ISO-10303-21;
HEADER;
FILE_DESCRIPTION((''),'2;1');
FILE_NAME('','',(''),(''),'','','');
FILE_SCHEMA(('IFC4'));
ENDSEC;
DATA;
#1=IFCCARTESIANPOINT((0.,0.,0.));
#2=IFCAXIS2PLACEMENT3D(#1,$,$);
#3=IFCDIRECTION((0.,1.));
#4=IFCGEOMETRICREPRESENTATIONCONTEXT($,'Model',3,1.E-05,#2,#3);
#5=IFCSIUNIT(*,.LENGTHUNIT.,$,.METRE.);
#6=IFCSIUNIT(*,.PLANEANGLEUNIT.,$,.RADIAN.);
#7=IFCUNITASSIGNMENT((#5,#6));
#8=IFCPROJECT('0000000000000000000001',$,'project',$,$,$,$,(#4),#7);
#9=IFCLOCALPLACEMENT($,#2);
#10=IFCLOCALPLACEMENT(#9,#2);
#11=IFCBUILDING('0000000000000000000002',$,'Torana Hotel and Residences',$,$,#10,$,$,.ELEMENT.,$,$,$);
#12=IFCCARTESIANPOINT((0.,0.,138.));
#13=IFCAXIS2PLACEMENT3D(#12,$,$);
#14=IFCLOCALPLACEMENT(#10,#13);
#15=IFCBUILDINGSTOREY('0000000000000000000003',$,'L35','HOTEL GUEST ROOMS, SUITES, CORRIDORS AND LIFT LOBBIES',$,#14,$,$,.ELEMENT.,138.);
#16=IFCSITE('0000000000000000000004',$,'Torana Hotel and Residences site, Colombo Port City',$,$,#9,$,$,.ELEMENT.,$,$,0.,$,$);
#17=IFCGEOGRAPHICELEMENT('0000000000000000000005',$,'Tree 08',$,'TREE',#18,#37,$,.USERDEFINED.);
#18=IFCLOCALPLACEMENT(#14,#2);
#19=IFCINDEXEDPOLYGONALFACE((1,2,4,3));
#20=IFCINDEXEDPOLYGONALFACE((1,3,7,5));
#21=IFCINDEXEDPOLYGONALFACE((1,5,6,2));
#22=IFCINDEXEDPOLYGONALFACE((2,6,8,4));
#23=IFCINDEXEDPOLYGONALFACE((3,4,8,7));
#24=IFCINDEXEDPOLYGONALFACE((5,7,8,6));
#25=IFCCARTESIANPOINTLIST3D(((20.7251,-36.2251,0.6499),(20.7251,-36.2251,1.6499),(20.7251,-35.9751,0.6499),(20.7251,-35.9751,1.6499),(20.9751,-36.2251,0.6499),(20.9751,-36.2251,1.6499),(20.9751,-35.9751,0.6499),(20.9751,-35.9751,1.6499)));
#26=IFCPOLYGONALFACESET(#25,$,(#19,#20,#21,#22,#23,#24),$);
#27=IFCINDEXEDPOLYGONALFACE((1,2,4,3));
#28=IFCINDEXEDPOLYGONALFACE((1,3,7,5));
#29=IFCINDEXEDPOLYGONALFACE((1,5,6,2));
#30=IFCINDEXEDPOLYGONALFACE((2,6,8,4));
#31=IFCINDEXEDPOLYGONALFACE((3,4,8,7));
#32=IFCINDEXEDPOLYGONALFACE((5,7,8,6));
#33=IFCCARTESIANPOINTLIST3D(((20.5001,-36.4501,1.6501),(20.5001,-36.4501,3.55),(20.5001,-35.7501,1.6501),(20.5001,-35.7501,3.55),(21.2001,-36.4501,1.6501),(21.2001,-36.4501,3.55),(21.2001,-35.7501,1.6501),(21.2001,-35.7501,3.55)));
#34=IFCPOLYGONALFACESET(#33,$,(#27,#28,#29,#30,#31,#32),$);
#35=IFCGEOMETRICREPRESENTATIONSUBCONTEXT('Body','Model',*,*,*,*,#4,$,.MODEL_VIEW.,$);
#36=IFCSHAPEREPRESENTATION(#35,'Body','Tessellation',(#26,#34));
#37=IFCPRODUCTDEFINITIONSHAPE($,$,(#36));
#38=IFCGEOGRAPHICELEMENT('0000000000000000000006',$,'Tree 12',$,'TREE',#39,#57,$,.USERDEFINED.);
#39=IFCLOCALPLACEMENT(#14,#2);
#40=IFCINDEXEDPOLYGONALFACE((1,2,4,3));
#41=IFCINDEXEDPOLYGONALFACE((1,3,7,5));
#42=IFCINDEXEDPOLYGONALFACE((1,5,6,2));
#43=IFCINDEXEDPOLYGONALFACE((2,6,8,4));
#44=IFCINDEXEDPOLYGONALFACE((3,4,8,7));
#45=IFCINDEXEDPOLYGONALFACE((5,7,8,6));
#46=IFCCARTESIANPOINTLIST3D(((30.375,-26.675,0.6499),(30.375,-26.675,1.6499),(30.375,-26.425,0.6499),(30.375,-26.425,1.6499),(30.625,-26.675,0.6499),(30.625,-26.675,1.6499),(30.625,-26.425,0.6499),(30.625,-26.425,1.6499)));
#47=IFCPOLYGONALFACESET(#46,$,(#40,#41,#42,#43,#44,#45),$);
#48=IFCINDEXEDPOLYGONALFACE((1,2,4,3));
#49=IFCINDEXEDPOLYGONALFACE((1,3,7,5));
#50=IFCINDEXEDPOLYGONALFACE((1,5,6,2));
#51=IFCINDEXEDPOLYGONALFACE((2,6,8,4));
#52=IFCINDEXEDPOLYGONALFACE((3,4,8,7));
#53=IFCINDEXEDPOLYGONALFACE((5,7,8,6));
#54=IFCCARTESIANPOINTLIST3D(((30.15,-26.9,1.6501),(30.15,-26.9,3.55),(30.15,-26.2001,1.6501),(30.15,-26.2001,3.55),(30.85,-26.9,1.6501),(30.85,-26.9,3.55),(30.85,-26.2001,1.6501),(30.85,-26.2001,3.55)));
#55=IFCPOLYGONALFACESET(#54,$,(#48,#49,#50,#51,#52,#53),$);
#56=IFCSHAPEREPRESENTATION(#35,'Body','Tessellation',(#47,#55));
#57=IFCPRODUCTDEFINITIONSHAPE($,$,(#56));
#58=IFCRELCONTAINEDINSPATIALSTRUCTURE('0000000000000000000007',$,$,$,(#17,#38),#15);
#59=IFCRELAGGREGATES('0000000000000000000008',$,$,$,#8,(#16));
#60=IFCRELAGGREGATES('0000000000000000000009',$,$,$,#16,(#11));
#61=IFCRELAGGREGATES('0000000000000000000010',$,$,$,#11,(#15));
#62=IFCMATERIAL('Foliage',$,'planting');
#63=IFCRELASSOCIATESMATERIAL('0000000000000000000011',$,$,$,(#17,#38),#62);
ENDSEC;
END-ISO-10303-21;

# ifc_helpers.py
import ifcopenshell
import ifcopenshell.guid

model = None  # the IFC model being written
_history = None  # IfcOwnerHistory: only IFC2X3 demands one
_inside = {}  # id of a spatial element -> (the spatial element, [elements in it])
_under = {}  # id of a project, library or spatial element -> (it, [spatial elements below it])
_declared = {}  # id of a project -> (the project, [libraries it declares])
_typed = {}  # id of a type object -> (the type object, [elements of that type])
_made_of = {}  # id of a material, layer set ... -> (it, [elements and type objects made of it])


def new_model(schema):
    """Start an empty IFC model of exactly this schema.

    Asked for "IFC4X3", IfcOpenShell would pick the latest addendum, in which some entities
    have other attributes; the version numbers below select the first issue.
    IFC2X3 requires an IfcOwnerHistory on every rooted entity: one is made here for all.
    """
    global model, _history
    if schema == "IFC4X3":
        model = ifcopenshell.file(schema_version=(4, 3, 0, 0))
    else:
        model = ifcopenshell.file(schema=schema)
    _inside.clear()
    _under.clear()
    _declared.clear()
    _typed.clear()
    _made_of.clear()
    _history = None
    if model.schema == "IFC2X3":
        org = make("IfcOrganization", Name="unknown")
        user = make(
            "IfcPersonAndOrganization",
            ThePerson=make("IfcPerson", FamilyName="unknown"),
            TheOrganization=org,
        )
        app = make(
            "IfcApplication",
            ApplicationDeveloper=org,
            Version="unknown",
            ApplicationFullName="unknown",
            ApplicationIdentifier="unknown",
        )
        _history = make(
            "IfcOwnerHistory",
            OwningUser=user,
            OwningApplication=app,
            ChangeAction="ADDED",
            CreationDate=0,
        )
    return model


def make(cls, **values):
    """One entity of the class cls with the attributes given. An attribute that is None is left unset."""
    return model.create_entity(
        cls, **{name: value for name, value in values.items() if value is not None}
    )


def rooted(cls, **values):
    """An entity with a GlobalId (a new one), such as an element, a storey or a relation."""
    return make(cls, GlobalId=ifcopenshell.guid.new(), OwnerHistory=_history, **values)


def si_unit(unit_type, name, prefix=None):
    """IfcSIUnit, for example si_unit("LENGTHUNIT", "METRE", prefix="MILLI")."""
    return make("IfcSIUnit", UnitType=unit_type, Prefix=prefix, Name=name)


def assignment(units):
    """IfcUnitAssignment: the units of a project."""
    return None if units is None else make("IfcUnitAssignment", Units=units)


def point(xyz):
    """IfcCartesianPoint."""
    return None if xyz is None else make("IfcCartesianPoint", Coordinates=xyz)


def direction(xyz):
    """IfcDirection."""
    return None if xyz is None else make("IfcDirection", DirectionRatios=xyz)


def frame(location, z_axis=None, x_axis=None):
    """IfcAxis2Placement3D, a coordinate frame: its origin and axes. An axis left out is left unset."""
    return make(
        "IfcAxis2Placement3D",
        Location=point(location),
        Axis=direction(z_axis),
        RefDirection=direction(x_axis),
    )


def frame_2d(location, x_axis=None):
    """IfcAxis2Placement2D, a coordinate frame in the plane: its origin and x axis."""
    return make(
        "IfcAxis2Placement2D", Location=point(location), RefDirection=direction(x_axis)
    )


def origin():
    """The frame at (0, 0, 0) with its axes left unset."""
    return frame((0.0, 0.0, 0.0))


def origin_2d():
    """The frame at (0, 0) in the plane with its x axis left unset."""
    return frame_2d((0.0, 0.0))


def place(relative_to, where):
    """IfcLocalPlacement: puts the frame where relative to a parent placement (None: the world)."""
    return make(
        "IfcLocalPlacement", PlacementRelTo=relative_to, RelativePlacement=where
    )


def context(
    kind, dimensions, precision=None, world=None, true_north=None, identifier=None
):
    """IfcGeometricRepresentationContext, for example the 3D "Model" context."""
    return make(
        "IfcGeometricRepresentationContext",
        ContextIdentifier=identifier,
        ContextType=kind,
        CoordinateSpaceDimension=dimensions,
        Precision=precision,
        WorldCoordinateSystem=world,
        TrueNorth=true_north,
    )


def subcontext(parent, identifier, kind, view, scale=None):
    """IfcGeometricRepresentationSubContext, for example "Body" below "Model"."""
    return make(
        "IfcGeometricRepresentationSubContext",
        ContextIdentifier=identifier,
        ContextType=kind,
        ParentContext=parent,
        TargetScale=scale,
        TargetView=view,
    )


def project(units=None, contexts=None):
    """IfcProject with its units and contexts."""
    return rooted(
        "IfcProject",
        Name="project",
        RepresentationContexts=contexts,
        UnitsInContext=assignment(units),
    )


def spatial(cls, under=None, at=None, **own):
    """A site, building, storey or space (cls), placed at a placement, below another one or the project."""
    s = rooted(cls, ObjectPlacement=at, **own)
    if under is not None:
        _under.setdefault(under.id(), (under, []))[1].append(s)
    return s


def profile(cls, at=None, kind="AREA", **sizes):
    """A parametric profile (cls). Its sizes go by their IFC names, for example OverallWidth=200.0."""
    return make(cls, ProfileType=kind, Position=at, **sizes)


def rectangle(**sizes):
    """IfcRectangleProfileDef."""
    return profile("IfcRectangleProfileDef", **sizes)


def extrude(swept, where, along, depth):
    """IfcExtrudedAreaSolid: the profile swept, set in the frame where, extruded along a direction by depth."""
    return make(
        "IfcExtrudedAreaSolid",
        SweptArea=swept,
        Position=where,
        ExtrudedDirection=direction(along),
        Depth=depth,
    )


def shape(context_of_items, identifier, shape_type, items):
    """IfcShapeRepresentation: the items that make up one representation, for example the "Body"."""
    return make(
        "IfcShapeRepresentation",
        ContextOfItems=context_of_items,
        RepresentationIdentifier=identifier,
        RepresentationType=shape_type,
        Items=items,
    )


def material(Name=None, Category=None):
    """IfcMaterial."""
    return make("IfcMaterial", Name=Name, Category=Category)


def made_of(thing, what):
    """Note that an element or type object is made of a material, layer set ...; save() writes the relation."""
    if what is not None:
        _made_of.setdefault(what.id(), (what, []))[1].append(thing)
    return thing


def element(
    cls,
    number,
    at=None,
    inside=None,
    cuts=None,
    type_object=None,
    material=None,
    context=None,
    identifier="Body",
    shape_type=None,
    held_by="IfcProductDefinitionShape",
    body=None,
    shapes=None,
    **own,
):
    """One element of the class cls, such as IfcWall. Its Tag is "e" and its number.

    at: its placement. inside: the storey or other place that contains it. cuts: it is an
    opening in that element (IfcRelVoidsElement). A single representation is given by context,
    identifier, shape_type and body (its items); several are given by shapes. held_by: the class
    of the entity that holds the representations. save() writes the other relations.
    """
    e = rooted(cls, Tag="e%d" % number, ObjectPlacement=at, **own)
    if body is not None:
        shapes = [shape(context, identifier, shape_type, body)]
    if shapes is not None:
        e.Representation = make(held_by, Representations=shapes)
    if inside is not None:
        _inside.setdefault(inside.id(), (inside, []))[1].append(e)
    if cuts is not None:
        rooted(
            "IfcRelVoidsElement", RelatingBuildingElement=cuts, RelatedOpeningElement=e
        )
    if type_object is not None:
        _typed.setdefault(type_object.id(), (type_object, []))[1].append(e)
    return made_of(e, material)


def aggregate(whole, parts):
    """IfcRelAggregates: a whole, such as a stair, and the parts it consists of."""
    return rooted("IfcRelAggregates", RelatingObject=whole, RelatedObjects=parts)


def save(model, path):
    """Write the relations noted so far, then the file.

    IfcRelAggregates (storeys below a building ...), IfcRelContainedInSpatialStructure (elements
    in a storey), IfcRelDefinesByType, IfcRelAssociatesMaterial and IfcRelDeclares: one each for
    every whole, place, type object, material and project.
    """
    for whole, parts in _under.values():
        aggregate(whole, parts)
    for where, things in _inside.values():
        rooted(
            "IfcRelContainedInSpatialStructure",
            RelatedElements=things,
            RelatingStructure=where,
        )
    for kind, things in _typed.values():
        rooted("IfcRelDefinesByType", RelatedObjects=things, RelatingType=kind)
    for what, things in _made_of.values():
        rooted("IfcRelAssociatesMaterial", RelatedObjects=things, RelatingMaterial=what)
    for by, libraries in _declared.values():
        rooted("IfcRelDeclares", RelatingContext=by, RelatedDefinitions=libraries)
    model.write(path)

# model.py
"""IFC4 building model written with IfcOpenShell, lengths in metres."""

from ifc_helpers import new_model, si_unit, direction, frame, origin, origin_2d, place, context, subcontext, project, spatial, rectangle, extrude, material, element, save


model = new_model("IFC4")

# Units and contexts
model_context = context("Model", 3, precision=1e-05, world=origin(), true_north=direction((0.0, 1.0)))
body_context = subcontext(model_context, "Body", "Model", "MODEL_VIEW")
ifc_project = project(units=[si_unit("LENGTHUNIT", "METRE"), si_unit("PLANEANGLEUNIT", "RADIAN")], contexts=[model_context])

# Site, building, storey
site_placement = place(None, origin())
site = spatial("IfcSite", under=ifc_project, at=site_placement, Name="Torana Hotel and Residences site, Colombo Port City", CompositionType="ELEMENT", RefElevation=0.0)
building_placement = place(site_placement, origin())
building = spatial("IfcBuilding", under=site, at=building_placement, Name="Torana Hotel and Residences", CompositionType="ELEMENT")
storey_placement = place(building_placement, frame((0.0, 0.0, 138.0)))
storey = spatial("IfcBuildingStorey", under=building, at=storey_placement, Name="L35", Description="HOTEL GUEST ROOMS, SUITES, CORRIDORS AND LIFT LOBBIES", CompositionType="ELEMENT", Elevation=138.0)

# Geographic elements
ifc_material_1 = material(Name="Foliage", Category="planting")
for number, where, z_axis, x_axis, name in (
    (1, (20.8501, -36.1001, 0.6499), (0.0, 0.0, 1.0), (1.0, 0.0, 0.0), "Tree 08"),
    (2, (30.5, -26.55, 0.6499), (0.0, 0.0, 1.0), (1.0, 0.0, 0.0), "Tree 12"),
):
    element("IfcGeographicElement", number, at=place(storey_placement, frame(where, z_axis=z_axis, x_axis=x_axis)), inside=storey, material=ifc_material_1, Name=name, ObjectType="TREE", PredefinedType="USERDEFINED", context=body_context, shape_type="SweptSolid", body=[
        extrude(rectangle(XDim=0.25, YDim=0.25, at=origin_2d()), origin(), (0.0, 0.0, 1.0), 1.0),
        extrude(rectangle(XDim=0.7, YDim=0.7, at=origin_2d()), frame((0.0, 0.0, 1.0002)), (0.0, 0.0, 1.0), 1.8999),
    ])

save(model, "model.ifc")
